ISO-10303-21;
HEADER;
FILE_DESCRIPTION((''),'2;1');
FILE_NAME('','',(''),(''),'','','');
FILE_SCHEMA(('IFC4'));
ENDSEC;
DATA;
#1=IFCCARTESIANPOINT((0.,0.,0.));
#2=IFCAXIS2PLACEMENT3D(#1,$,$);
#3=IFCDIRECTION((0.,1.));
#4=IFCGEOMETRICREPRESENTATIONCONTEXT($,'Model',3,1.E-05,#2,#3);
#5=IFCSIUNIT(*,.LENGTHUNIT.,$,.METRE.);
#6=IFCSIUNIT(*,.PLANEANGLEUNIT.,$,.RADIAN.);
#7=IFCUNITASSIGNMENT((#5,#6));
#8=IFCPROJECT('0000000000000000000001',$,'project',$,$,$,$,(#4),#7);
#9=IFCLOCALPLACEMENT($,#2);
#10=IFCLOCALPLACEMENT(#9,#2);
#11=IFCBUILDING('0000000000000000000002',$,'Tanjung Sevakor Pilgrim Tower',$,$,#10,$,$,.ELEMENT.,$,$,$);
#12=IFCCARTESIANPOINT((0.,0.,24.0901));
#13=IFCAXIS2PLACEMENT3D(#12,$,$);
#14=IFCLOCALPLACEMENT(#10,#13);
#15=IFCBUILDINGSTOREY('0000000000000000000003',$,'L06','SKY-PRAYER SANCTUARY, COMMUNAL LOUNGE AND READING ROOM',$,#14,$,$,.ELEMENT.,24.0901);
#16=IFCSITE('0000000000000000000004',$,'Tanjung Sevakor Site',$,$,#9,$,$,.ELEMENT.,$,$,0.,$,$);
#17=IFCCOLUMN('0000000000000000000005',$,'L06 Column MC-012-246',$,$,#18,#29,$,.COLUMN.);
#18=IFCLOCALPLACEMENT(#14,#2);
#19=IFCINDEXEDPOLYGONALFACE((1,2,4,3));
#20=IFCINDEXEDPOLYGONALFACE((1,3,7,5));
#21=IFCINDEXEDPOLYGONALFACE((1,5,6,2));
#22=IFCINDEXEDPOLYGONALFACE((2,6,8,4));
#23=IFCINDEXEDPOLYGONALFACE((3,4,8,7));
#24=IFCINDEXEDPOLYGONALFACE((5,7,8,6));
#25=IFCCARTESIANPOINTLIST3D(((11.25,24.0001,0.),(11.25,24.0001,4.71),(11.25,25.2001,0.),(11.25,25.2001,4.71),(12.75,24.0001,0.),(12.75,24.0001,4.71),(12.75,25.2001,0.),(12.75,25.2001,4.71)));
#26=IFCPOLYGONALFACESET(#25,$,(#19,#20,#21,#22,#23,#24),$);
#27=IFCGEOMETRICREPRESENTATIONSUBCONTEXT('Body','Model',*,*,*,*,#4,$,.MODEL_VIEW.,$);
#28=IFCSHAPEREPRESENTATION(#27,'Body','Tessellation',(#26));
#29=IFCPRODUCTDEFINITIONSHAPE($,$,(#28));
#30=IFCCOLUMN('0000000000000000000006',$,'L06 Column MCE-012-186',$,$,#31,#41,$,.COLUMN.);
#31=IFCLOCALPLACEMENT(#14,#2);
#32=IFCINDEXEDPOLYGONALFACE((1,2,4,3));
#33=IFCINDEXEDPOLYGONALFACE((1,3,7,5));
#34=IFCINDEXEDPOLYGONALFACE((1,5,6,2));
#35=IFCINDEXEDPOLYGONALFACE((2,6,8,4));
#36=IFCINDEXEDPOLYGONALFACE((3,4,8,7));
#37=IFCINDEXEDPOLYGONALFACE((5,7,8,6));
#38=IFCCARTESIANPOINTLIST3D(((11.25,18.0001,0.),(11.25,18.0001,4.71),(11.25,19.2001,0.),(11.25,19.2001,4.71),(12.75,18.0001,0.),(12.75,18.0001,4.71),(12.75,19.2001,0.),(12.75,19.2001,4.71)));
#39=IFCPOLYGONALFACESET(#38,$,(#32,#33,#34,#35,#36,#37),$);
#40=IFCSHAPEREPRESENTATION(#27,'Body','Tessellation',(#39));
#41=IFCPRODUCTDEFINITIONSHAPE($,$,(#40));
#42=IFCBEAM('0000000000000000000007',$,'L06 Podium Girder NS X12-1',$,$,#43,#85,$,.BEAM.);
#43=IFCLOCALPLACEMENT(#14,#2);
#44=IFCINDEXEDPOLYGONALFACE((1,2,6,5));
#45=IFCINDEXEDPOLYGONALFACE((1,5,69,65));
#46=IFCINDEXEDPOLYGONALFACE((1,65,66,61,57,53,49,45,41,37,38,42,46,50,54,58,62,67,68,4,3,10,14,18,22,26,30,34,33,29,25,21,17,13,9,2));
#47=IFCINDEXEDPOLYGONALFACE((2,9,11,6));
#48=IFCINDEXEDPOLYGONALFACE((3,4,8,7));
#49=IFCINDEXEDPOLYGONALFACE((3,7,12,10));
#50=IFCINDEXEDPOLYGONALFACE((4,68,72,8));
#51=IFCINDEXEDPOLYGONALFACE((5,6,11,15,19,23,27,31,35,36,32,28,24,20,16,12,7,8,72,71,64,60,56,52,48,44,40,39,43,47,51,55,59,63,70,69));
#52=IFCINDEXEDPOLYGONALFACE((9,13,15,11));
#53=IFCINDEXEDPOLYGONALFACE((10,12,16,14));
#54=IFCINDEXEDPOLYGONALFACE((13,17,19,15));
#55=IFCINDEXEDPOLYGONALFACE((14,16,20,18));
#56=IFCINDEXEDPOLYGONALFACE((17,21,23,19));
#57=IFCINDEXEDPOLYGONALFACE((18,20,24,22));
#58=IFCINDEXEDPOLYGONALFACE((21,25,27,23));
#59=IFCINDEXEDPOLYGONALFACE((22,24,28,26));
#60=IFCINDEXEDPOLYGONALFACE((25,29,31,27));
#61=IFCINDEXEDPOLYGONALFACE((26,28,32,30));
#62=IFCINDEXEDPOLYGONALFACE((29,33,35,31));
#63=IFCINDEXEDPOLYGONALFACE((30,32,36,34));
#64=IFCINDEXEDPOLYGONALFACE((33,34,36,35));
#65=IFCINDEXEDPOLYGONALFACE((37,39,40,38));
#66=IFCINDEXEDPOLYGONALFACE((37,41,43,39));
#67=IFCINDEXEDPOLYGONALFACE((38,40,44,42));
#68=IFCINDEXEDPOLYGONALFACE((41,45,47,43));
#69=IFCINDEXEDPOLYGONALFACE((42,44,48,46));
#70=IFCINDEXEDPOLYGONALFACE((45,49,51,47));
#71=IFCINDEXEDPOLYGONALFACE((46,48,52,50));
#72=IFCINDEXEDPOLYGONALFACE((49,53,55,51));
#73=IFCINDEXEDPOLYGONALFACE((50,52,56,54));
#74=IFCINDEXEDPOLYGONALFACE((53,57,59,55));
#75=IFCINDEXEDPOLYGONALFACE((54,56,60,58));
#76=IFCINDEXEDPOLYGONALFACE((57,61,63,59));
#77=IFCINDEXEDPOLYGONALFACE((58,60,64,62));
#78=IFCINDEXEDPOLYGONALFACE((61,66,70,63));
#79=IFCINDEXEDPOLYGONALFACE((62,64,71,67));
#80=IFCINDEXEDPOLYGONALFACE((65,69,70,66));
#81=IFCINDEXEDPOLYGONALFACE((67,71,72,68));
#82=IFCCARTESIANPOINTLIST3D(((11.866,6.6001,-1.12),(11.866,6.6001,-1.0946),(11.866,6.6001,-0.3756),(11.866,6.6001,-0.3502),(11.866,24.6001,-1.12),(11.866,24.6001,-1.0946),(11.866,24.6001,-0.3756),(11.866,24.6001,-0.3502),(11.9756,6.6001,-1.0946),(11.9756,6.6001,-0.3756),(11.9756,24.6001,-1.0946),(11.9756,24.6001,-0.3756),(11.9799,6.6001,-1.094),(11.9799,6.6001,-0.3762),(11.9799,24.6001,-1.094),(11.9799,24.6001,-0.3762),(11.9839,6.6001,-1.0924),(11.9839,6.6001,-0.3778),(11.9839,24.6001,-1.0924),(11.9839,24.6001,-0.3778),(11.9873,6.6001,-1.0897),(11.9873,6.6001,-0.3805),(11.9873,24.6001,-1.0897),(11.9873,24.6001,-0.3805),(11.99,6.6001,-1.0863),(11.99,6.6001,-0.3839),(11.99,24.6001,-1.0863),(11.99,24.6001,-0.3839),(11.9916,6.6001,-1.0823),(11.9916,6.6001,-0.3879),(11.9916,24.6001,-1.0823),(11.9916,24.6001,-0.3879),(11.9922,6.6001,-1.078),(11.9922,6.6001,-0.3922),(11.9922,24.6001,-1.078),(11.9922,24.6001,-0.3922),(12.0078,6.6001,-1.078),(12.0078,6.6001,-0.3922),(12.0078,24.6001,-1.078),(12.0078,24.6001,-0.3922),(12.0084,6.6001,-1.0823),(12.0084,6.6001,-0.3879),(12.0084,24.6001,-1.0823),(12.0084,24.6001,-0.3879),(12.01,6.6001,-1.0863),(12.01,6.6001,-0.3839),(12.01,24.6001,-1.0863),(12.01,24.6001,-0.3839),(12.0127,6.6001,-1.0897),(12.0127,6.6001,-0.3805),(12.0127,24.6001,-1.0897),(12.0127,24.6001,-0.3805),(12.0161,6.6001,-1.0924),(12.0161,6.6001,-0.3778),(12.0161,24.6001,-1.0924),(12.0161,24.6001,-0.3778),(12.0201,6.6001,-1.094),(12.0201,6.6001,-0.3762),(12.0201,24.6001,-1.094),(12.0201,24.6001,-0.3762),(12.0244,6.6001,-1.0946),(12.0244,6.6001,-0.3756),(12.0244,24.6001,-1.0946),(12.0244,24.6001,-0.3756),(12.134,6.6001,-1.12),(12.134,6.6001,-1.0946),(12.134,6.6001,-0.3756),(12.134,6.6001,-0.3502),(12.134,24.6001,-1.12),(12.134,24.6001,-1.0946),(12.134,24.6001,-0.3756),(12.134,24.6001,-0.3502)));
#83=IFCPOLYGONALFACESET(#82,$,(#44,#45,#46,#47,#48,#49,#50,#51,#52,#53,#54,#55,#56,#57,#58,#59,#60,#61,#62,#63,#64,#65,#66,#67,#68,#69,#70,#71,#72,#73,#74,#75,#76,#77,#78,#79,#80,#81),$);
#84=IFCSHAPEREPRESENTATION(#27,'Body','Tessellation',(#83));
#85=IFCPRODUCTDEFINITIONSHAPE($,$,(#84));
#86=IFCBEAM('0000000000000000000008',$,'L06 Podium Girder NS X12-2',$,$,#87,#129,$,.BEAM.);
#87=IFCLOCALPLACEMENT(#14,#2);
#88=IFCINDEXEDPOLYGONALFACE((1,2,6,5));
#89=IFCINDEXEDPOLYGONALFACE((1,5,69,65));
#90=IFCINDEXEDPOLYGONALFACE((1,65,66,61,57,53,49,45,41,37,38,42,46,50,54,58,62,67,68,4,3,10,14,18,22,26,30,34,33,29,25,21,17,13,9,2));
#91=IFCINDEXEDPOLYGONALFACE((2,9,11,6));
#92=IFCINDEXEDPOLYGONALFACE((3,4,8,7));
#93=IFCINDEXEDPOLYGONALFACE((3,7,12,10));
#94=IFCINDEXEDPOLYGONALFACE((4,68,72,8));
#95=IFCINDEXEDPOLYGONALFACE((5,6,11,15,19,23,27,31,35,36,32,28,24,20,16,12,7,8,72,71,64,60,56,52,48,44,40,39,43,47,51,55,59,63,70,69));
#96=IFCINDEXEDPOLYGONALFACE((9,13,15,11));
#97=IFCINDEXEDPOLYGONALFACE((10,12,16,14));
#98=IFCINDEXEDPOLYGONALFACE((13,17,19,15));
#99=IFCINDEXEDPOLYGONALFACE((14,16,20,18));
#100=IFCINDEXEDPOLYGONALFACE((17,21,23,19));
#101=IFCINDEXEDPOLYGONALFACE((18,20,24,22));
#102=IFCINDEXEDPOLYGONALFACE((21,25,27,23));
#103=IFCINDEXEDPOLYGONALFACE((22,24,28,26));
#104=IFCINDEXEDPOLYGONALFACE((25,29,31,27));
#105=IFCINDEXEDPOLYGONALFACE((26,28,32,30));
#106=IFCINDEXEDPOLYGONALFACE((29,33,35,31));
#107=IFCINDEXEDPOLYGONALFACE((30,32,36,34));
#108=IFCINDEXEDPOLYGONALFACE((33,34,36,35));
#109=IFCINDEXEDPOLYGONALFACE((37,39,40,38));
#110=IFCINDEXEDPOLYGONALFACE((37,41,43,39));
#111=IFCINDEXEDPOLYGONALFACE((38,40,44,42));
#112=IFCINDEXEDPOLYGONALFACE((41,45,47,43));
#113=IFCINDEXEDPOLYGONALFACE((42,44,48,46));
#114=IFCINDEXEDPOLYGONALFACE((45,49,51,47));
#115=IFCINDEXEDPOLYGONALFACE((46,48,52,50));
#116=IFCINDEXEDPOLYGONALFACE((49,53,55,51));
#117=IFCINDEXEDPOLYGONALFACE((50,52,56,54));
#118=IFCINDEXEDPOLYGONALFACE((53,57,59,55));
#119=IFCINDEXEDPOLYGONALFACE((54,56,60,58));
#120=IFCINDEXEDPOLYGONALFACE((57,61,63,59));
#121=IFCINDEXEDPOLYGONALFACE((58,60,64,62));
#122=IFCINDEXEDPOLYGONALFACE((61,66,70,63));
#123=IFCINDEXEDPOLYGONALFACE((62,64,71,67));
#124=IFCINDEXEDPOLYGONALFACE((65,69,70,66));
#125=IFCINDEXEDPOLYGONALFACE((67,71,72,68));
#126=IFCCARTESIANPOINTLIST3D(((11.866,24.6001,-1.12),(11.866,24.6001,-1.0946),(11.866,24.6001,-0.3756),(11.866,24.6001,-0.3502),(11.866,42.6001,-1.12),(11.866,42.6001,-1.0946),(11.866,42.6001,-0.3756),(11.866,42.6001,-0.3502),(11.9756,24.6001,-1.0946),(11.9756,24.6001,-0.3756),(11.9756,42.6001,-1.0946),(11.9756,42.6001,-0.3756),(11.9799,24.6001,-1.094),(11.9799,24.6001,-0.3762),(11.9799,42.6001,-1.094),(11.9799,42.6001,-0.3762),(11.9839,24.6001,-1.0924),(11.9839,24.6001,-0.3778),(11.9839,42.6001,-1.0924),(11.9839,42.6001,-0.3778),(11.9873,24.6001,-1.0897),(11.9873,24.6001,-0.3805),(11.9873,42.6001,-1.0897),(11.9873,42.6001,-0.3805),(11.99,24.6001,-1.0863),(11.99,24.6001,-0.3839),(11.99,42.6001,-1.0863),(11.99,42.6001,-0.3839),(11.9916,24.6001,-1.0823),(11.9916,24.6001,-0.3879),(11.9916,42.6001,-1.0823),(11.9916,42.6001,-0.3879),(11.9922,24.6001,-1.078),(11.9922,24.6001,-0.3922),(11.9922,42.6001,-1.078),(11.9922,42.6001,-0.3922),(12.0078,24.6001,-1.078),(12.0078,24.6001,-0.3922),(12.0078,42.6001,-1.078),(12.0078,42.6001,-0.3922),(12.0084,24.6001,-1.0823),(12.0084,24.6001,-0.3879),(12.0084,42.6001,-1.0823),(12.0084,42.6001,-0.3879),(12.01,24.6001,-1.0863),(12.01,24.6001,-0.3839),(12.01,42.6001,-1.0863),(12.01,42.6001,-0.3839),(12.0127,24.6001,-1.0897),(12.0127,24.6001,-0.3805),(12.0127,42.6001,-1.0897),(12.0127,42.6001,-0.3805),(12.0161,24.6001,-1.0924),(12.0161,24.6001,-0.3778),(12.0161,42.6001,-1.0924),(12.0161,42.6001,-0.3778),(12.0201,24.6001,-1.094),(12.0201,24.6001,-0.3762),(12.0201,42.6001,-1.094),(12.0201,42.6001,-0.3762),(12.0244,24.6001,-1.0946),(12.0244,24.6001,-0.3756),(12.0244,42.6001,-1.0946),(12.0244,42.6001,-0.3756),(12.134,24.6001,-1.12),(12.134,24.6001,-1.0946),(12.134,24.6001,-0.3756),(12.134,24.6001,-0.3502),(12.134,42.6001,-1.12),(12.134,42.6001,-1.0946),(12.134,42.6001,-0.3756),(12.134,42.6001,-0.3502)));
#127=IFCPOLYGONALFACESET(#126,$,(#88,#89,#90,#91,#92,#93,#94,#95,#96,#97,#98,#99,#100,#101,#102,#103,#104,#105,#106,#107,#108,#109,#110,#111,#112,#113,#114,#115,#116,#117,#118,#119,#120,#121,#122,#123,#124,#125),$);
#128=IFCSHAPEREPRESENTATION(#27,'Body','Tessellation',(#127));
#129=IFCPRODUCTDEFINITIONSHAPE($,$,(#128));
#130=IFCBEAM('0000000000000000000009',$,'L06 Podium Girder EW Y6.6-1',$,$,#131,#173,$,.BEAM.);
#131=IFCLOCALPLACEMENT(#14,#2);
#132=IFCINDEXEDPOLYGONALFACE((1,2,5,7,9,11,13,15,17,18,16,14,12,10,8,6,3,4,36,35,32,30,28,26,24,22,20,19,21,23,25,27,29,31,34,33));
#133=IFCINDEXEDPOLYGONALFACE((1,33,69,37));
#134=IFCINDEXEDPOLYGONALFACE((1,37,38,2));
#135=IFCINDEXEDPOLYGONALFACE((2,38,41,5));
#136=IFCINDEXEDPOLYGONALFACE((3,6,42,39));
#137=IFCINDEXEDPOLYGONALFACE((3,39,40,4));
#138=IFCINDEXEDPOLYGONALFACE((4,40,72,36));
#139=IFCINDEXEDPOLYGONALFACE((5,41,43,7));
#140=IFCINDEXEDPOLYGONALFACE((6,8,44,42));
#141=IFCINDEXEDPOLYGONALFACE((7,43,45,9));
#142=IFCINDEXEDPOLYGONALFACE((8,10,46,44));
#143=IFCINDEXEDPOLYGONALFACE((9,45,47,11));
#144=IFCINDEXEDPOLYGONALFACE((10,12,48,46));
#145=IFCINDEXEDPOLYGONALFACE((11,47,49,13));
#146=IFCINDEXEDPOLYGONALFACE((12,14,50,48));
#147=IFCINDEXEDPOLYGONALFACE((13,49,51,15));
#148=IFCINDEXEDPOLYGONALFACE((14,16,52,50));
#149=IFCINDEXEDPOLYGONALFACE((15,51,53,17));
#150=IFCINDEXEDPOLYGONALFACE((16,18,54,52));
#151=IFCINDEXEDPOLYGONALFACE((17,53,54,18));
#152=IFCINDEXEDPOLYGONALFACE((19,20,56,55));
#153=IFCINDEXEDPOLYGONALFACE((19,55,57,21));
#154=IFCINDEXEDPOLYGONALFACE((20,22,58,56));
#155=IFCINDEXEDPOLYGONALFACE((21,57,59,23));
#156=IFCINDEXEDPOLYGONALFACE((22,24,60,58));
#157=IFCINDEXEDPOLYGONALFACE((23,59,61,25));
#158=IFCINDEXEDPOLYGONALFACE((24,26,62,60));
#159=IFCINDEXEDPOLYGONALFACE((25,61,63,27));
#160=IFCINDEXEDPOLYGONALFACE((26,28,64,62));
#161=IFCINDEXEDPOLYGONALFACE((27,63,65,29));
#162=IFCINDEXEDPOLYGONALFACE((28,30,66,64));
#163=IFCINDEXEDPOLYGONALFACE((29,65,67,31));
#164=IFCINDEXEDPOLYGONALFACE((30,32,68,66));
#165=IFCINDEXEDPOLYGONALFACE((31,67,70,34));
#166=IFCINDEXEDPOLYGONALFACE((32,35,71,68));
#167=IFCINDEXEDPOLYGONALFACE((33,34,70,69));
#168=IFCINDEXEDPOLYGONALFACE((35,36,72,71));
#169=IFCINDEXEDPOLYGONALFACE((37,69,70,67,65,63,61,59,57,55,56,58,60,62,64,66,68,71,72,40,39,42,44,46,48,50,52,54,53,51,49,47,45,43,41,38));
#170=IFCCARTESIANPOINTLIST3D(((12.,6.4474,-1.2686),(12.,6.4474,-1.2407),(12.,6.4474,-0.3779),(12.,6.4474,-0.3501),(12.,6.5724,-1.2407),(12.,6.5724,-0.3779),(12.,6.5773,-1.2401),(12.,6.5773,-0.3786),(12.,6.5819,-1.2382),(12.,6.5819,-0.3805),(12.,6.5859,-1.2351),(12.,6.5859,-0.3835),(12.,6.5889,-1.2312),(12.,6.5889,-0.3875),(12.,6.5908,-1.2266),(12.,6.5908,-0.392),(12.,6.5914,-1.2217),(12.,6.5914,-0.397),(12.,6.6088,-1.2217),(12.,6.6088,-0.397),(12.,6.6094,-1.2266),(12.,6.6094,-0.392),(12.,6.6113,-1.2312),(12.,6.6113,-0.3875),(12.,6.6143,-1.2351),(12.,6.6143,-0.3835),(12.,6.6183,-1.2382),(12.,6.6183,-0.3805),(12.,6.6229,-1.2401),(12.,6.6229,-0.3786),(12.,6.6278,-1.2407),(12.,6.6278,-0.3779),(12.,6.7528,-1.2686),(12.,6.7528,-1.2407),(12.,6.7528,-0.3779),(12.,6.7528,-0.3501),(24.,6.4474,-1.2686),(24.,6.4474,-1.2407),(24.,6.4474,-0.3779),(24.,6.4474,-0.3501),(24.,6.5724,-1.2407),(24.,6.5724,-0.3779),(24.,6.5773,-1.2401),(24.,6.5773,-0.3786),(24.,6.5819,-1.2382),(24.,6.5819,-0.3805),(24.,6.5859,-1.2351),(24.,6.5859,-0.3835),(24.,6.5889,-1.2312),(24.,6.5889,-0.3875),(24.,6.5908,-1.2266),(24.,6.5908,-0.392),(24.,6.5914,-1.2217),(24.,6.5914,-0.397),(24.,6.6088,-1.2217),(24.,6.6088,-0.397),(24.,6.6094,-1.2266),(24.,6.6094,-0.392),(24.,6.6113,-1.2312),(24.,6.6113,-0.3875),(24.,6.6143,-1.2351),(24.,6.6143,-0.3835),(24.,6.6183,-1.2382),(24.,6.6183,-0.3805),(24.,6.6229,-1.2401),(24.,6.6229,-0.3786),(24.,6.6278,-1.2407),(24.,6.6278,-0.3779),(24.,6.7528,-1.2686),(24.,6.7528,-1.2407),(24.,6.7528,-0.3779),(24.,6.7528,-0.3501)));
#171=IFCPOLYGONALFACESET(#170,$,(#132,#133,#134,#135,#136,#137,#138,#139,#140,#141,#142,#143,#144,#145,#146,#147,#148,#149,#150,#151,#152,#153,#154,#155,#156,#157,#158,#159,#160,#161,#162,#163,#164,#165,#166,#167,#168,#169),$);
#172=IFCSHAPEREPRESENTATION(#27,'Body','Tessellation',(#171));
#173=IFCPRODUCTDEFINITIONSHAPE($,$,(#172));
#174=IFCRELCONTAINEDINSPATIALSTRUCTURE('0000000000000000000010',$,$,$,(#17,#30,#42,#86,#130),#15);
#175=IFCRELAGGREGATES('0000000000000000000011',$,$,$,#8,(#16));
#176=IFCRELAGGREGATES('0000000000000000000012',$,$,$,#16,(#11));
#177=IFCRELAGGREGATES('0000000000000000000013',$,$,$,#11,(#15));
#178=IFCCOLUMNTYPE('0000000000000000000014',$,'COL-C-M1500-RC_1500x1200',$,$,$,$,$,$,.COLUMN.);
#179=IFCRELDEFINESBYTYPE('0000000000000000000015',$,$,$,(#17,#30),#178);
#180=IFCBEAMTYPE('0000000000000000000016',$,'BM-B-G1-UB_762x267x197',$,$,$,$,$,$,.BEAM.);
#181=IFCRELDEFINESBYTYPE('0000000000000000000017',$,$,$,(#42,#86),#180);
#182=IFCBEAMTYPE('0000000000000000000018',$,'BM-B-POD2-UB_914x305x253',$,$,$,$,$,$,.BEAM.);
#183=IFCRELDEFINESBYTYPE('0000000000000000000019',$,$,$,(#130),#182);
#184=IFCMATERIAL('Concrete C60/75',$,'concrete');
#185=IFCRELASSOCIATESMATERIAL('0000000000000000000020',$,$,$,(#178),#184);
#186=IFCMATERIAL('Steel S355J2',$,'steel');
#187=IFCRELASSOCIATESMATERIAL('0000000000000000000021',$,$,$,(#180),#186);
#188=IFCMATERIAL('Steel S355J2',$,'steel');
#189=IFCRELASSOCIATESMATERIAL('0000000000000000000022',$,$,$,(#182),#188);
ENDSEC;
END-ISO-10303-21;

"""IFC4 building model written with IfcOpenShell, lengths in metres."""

from ifc_helpers import new_model, si_unit, direction, frame, origin, origin_2d, place, context, subcontext, project, spatial, rectangle, i_section, extrude, material, material_profile, profile_set, type_object, element, save


model = new_model("IFC4")

# Units and contexts
model_context = context("Model", 3, precision=1e-05, world=origin(), true_north=direction((0.0, 1.0)))
body_context = subcontext(model_context, "Body", "Model", "MODEL_VIEW")
ifc_project = project(units=[si_unit("LENGTHUNIT", "METRE"), si_unit("PLANEANGLEUNIT", "RADIAN")], contexts=[model_context])

# Site, building, storey
site_placement = place(None, origin())
site = spatial("IfcSite", under=ifc_project, at=site_placement, Name="Tanjung Sevakor Site", CompositionType="ELEMENT", RefElevation=0.0)
building_placement = place(site_placement, origin())
building = spatial("IfcBuilding", under=site, at=building_placement, Name="Tanjung Sevakor Pilgrim Tower", CompositionType="ELEMENT")
storey_placement = place(building_placement, frame((0.0, 0.0, 24.0901)))
storey = spatial("IfcBuildingStorey", under=building, at=storey_placement, Name="L06", Description="SKY-PRAYER SANCTUARY, COMMUNAL LOUNGE AND READING ROOM", CompositionType="ELEMENT", Elevation=24.0901)

# Columns
ifc_material_1 = material(Name="Concrete C60/75", Category="concrete")
ifc_material_profile_1 = material_profile(ifc_material_1, rectangle(XDim=1.5, YDim=1.2, at=origin_2d()))
ifc_profile_set_1 = profile_set([ifc_material_profile_1], Name="Concrete C60/75")
column_type = type_object("IfcColumnType", Name="COL-C-M1500-RC_1500x1200", PredefinedType="COLUMN", material=ifc_profile_set_1)
for number, where, z_axis, x_axis, name in (
    (1, (12.0, 24.6001, 0.0), (0.0, 0.0, 1.0), (1.0, 0.0, 0.0), "L06 Column MC-012-246"),
    (2, (12.0, 18.6001, 0.0), (0.0, 0.0, 1.0), (1.0, 0.0, 0.0), "L06 Column MCE-012-186"),
):
    element("IfcColumn", number, at=place(storey_placement, frame(where, z_axis=z_axis, x_axis=x_axis)), inside=storey, type_object=column_type, Name=name, PredefinedType="COLUMN", context=body_context, shape_type="SweptSolid", body=[
        extrude(rectangle(XDim=1.5, YDim=1.2, at=origin_2d()), origin(), (0.0, 0.0, 1.0), 4.71),
    ])

# Beams
ifc_material_2 = material(Name="Steel S355J2", Category="steel")
ifc_material_profile_2 = material_profile(ifc_material_2, i_section(OverallWidth=0.2681, OverallDepth=0.7698, WebThickness=0.0156, FlangeThickness=0.0254, FilletRadius=0.0166, at=origin_2d()))
ifc_profile_set_2 = profile_set([ifc_material_profile_2], Name="Steel S355J2")
beam_type_1 = type_object("IfcBeamType", Name="BM-B-G1-UB_762x267x197", PredefinedType="BEAM", material=ifc_profile_set_2)
for number, where, z_axis, x_axis, name in (
    (3, (12.0, 6.6001, -0.7351), (0.0, 1.0, 0.0), (-1.0, 0.0, 0.0), "L06 Podium Girder NS X12-1"),
    (4, (12.0, 24.6001, -0.7351), (0.0, 1.0, 0.0), (-1.0, 0.0, 0.0), "L06 Podium Girder NS X12-2"),
):
    element("IfcBeam", number, at=place(storey_placement, frame(where, z_axis=z_axis, x_axis=x_axis)), inside=storey, type_object=beam_type_1, Name=name, PredefinedType="BEAM", context=body_context, shape_type="SweptSolid", body=[
        extrude(i_section(OverallWidth=0.2681, OverallDepth=0.7698, WebThickness=0.0156, FlangeThickness=0.0254, FilletRadius=0.0166, at=origin_2d()), origin(), (0.0, 0.0, 1.0), 18.0),
    ])
ifc_material_3 = material(Name="Steel S355J2", Category="steel")
ifc_material_profile_3 = material_profile(ifc_material_3, i_section(OverallWidth=0.3054, OverallDepth=0.9185, WebThickness=0.0173, FlangeThickness=0.0278, FilletRadius=0.019, at=origin_2d()))
ifc_profile_set_3 = profile_set([ifc_material_profile_3], Name="Steel S355J2")
beam_type_2 = type_object("IfcBeamType", Name="BM-B-POD2-UB_914x305x253", PredefinedType="BEAM", material=ifc_profile_set_3)
for number, where, z_axis, x_axis, name in (
    (5, (12.0, 6.6001, -0.8093), (1.0, 0.0, 0.0), (0.0, 1.0, 0.0), "L06 Podium Girder EW Y6.6-1"),
):
    element("IfcBeam", number, at=place(storey_placement, frame(where, z_axis=z_axis, x_axis=x_axis)), inside=storey, type_object=beam_type_2, Name=name, PredefinedType="BEAM", context=body_context, shape_type="SweptSolid", body=[
        extrude(i_section(OverallWidth=0.3054, OverallDepth=0.9185, WebThickness=0.0173, FlangeThickness=0.0278, FilletRadius=0.019, at=origin_2d()), origin(), (0.0, 0.0, 1.0), 12.0),
    ])

save(model, "model.ifc")
